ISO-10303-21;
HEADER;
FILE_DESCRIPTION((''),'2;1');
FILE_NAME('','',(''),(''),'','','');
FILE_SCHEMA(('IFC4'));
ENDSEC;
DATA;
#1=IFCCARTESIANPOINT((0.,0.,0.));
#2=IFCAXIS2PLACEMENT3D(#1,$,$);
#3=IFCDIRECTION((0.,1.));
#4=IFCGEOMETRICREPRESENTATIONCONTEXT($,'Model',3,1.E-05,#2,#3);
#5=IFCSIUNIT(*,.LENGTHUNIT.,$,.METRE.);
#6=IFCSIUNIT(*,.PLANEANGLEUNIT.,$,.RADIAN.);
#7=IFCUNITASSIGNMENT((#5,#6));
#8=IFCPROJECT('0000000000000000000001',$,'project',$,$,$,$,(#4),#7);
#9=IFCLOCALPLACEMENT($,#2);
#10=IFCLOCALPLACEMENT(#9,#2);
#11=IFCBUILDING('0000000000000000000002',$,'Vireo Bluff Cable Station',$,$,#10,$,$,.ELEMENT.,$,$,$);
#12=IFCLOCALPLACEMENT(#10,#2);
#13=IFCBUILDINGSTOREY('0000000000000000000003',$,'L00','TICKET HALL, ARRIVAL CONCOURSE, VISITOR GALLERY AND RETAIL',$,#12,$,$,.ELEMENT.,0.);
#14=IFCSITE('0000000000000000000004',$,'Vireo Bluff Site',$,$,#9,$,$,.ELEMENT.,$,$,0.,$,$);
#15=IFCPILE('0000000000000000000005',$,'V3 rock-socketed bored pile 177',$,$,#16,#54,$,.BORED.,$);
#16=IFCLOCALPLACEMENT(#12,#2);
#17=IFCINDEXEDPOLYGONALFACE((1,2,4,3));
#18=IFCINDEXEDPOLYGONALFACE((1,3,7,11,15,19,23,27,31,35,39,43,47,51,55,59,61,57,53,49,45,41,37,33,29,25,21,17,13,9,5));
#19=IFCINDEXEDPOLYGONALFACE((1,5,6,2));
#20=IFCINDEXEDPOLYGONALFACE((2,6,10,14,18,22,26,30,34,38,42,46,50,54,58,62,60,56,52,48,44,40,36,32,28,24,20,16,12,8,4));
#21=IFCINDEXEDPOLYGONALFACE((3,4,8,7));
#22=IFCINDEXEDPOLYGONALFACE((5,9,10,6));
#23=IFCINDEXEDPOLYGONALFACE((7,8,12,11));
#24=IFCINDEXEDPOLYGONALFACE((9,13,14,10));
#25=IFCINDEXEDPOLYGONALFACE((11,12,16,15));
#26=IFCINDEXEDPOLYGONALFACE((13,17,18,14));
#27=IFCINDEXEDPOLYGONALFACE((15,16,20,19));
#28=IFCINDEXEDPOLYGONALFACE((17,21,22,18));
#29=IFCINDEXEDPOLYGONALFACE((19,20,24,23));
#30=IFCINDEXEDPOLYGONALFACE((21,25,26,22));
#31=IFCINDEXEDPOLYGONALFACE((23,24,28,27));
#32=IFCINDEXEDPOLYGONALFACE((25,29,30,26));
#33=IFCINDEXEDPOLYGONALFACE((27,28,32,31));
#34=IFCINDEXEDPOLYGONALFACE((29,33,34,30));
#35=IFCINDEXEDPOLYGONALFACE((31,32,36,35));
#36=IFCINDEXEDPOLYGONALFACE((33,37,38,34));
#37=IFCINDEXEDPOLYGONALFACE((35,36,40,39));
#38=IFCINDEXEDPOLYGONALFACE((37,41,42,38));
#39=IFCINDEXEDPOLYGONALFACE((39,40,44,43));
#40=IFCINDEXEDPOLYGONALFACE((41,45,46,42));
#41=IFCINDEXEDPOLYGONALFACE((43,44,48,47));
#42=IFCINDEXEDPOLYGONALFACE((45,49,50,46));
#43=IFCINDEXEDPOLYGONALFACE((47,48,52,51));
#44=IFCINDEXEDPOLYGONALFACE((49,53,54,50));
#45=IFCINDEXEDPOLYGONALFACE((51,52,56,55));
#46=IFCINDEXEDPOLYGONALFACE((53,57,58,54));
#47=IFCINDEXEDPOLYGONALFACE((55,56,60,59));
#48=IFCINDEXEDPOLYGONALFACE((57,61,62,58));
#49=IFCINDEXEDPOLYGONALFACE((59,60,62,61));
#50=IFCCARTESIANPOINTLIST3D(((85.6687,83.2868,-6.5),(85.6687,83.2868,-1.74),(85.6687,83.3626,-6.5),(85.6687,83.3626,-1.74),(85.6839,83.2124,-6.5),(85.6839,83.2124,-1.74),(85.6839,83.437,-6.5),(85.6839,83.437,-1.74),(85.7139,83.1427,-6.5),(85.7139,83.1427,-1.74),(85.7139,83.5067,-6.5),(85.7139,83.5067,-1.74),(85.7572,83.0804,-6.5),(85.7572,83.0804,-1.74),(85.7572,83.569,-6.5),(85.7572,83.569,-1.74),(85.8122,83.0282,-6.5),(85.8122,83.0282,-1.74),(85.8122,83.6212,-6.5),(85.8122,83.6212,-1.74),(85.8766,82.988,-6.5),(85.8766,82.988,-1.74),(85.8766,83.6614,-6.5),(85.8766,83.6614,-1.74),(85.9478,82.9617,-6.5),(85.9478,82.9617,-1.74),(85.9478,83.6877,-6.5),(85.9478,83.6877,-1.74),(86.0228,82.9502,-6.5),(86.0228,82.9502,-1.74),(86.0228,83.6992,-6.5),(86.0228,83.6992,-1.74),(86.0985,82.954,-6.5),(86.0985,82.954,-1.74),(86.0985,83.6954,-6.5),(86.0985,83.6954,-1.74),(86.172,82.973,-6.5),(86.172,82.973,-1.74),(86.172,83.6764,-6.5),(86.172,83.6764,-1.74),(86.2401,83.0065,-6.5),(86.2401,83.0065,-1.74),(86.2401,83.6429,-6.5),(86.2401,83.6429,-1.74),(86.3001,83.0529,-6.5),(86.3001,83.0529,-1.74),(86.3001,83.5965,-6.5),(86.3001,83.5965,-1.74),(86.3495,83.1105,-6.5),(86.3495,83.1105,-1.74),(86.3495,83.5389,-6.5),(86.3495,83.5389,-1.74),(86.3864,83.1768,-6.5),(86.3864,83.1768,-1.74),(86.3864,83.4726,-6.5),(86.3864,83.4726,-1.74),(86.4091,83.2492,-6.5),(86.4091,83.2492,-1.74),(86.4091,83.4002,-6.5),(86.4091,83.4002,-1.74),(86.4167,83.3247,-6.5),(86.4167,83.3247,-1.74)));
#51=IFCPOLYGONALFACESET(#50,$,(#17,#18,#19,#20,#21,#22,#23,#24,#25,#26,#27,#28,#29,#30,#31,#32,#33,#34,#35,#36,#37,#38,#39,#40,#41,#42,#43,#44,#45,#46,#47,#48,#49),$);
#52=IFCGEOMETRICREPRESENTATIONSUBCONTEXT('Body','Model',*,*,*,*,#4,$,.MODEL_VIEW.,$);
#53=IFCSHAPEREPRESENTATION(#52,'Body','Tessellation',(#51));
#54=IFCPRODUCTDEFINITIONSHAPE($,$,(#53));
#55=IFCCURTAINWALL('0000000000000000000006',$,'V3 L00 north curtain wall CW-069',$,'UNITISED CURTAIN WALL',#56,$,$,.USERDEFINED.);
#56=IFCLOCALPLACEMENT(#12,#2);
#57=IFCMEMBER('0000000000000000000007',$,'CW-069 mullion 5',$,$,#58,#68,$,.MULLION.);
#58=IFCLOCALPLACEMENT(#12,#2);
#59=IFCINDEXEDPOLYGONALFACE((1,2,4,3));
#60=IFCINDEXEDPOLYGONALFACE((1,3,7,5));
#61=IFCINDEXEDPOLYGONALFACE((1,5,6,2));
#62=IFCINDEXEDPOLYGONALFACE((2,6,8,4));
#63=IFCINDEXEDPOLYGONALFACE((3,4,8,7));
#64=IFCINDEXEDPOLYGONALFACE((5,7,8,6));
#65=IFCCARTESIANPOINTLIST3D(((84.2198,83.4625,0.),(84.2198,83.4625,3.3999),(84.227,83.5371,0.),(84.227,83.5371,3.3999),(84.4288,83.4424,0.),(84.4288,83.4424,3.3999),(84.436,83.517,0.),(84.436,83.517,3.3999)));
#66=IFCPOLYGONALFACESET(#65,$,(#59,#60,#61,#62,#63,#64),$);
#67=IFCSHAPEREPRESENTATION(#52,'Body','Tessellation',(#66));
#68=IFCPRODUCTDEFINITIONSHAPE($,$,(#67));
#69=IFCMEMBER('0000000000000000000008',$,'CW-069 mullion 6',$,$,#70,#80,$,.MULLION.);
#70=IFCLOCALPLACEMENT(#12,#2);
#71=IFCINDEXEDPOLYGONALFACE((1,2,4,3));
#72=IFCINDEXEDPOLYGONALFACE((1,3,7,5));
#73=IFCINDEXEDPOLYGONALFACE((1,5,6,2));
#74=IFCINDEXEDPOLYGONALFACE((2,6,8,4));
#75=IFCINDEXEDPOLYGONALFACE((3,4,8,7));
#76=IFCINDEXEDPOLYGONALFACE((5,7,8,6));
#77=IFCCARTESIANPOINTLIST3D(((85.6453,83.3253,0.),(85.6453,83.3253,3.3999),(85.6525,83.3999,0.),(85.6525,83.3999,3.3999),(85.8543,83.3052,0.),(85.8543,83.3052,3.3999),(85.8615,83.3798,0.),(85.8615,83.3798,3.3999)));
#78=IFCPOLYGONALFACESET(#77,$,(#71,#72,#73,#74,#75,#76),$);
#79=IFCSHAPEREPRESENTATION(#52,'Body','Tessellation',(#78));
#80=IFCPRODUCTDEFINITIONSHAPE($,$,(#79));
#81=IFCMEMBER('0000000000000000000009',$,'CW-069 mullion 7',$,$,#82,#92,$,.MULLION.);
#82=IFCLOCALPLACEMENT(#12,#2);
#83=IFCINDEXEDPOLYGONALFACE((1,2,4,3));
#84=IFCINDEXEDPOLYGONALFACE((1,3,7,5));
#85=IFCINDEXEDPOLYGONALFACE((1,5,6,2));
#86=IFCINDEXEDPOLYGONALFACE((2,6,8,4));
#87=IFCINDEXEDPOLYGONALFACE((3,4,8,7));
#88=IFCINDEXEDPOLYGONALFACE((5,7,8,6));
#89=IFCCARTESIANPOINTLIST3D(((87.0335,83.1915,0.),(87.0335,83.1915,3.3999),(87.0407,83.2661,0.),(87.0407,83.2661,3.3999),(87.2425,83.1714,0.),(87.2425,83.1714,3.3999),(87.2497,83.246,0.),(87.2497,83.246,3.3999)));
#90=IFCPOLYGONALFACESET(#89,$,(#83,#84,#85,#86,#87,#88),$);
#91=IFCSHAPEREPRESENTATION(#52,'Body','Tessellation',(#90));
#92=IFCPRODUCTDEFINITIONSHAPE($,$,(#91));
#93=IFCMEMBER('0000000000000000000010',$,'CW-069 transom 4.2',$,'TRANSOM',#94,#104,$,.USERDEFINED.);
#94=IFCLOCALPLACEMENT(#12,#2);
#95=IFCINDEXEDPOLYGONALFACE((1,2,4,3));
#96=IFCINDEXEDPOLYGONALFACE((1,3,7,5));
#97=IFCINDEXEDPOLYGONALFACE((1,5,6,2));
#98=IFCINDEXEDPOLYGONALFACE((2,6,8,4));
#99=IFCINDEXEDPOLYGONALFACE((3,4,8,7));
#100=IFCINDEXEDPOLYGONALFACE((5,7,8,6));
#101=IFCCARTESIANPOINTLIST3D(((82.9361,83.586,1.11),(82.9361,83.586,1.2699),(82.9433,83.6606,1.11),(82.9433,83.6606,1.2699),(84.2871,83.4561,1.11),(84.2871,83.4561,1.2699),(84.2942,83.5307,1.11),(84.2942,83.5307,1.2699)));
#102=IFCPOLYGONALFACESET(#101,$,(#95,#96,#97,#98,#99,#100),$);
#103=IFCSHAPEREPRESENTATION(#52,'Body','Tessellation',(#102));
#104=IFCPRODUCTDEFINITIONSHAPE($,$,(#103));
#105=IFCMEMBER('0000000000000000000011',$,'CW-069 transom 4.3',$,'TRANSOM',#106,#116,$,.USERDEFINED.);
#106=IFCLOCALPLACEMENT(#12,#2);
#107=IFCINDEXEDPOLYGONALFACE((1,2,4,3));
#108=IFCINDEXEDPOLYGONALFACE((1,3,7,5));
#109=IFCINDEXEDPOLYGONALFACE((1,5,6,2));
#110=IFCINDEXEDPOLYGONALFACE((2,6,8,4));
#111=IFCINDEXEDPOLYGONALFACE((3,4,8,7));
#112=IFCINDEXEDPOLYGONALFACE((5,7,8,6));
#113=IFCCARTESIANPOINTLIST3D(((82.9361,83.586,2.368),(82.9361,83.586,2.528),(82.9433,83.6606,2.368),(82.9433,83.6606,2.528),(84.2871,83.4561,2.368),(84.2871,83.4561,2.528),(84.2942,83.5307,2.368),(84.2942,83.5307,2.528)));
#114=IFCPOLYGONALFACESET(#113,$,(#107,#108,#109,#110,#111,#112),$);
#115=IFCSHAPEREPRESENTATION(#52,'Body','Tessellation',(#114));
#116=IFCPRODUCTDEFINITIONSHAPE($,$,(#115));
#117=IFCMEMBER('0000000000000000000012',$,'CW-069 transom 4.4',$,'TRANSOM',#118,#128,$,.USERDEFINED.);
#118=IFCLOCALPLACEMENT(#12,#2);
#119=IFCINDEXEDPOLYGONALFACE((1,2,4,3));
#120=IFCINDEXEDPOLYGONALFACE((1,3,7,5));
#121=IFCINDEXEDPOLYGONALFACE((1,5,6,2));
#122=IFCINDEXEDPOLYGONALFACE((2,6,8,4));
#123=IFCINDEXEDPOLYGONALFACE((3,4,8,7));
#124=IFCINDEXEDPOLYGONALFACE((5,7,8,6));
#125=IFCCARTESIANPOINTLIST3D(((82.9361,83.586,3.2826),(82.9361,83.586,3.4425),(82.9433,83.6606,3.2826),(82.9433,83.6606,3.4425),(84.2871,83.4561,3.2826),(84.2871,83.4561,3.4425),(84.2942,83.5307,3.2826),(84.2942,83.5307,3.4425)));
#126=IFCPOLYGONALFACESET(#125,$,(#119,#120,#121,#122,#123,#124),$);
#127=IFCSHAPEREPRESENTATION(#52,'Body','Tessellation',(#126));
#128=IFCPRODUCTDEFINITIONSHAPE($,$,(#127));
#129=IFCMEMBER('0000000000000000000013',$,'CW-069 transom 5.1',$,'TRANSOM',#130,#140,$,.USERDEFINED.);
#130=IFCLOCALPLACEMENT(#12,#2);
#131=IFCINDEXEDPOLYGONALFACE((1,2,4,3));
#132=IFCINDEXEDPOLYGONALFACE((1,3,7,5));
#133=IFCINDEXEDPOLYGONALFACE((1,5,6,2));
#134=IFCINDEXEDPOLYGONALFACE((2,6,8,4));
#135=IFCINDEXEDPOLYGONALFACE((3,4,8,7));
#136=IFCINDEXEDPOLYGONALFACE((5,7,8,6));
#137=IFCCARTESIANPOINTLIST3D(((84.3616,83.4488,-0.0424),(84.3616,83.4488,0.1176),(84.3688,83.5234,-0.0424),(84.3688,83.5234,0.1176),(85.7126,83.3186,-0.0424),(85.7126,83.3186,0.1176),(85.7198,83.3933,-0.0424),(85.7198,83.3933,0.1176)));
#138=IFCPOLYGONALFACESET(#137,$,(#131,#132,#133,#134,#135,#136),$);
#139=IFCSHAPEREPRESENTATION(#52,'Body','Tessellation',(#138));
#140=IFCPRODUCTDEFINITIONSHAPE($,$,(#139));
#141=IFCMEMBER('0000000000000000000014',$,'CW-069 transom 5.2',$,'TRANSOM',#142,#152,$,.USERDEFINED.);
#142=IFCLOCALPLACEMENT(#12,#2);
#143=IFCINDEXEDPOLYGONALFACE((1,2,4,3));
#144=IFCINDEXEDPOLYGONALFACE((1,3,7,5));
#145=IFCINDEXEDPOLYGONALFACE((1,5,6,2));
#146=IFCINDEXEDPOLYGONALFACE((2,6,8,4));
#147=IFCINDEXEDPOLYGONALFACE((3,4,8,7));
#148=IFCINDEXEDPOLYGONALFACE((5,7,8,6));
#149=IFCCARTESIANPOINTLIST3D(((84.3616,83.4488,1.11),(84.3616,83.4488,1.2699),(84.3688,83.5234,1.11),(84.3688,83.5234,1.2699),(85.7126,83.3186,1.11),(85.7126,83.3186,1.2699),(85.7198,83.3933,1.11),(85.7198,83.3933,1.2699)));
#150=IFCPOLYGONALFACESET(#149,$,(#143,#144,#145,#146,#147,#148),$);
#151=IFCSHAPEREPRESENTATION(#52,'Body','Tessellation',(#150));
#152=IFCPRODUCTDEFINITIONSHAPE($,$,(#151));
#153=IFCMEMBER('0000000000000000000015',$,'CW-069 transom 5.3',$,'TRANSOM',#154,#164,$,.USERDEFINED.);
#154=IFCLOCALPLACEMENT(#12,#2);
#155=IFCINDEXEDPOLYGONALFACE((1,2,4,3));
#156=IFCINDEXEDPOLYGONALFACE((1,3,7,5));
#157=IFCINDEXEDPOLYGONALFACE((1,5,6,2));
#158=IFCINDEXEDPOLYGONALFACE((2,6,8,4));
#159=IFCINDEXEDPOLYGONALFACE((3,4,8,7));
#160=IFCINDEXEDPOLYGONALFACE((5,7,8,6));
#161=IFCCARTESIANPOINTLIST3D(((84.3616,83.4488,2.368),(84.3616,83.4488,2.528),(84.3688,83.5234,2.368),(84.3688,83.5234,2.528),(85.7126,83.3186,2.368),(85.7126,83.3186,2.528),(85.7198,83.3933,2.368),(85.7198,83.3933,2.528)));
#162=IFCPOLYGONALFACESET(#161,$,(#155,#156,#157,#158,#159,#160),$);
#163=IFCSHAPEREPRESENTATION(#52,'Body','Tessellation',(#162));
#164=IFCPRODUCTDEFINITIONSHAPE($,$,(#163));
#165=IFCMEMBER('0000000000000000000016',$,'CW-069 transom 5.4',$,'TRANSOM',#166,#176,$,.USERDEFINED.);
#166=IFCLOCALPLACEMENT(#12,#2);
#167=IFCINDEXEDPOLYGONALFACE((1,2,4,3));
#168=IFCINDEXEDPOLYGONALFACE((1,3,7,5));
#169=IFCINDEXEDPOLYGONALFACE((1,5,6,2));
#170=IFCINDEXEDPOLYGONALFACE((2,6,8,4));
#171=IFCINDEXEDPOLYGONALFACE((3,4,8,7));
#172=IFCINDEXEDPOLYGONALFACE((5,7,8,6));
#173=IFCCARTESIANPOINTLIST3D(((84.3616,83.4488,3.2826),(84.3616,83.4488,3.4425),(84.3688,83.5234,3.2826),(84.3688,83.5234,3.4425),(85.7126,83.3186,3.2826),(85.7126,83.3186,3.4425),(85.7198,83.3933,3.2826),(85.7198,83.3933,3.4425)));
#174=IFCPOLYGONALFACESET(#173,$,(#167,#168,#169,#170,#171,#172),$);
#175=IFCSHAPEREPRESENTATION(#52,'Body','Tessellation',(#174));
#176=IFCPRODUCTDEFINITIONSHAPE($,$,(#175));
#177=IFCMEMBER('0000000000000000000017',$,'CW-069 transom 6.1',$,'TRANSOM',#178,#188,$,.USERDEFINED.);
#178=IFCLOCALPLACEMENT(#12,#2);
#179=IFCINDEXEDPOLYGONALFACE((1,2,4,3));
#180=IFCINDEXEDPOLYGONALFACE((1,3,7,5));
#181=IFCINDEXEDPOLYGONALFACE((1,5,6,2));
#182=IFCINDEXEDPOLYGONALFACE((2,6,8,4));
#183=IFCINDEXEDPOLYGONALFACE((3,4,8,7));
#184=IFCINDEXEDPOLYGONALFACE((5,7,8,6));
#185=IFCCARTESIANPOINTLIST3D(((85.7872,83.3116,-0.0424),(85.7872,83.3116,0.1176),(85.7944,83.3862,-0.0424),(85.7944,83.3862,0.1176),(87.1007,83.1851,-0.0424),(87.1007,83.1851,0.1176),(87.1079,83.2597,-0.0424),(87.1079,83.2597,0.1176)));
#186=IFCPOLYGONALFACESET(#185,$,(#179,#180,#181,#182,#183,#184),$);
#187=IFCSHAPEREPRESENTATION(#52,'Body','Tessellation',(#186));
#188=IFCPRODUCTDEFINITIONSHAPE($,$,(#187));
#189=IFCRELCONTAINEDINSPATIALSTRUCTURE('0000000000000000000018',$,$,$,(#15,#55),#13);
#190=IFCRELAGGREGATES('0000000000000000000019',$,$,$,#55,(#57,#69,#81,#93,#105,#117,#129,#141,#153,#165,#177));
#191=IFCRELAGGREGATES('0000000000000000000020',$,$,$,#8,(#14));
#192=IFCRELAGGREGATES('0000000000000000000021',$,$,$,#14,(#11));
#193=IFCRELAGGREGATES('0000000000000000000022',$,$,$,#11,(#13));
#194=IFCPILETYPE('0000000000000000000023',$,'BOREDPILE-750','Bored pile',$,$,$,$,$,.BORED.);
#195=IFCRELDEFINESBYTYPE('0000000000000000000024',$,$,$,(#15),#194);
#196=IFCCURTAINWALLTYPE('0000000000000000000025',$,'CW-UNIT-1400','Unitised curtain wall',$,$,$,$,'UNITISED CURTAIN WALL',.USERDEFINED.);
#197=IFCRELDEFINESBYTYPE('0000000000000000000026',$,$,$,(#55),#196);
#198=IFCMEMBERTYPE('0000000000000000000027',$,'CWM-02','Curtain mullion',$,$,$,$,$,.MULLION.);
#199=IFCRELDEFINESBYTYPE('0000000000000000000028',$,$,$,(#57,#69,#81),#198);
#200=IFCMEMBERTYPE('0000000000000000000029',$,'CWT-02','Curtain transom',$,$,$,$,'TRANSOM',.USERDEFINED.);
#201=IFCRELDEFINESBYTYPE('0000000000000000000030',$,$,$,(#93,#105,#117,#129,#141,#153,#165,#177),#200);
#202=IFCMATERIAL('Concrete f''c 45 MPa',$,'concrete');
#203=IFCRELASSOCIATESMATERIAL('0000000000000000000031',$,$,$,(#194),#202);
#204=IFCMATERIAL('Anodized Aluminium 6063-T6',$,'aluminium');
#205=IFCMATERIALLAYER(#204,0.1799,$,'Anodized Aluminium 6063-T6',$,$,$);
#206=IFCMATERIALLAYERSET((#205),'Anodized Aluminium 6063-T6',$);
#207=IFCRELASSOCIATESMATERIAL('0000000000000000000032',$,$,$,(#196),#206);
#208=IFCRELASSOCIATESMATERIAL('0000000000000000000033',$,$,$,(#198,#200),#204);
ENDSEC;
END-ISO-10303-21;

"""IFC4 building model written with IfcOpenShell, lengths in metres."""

from ifc_helpers import new_model, si_unit, direction, frame, origin, origin_2d, place, context, subcontext, project, spatial, rectangle, circle, extrude, material, layer, layer_set, material_profile, profile_set, type_object, element, aggregate, save


model = new_model("IFC4")

# Units and contexts
model_context = context("Model", 3, precision=1e-05, world=origin(), true_north=direction((0.0, 1.0)))
body_context = subcontext(model_context, "Body", "Model", "MODEL_VIEW")
ifc_project = project(units=[si_unit("LENGTHUNIT", "METRE"), si_unit("PLANEANGLEUNIT", "RADIAN")], contexts=[model_context])

# Site, building, storey
site_placement = place(None, origin())
site = spatial("IfcSite", under=ifc_project, at=site_placement, Name="Vireo Bluff Site", CompositionType="ELEMENT", RefElevation=0.0)
building_placement = place(site_placement, origin())
building = spatial("IfcBuilding", under=site, at=building_placement, Name="Vireo Bluff Cable Station", CompositionType="ELEMENT")
storey_placement = place(building_placement, origin())
storey = spatial("IfcBuildingStorey", under=building, at=storey_placement, Name="L00", Description="TICKET HALL, ARRIVAL CONCOURSE, VISITOR GALLERY AND RETAIL", CompositionType="ELEMENT", Elevation=0.0)

# Pile
ifc_material_1 = material(Name="Concrete f'c 45 MPa", Category="concrete")
ifc_material_profile_1 = material_profile(ifc_material_1, circle(Radius=0.375, at=origin_2d()), Name="BOREDPILE-750")
ifc_profile_set_1 = profile_set([ifc_material_profile_1], Name="Concrete f'c 45 MPa")
pile_type = type_object("IfcPileType", Name="BOREDPILE-750", Description="Bored pile", PredefinedType="BORED", material=ifc_profile_set_1)
pile_placement = place(storey_placement, frame((86.0417, 83.3247, -1.74), z_axis=(0.0, 0.0, -1.0), x_axis=(1.0, 0.0, 0.0)))
element("IfcPile", 1, at=pile_placement, inside=storey, type_object=pile_type, Name="V3 rock-socketed bored pile 177", PredefinedType="BORED", context=body_context, shape_type="SweptSolid", body=[
    extrude(circle(Radius=0.375, at=origin_2d()), origin(), (0.0, 0.0, 1.0), 4.76),
])

# Curtain wall, members
ifc_material_2 = material(Name="Anodized Aluminium 6063-T6", Category="aluminium")
ifc_layer_1 = layer(ifc_material_2, 0.1799, Name="Anodized Aluminium 6063-T6")
ifc_layer_set_1 = layer_set([ifc_layer_1], Name="Anodized Aluminium 6063-T6")
curtain_wall_type = type_object("IfcCurtainWallType", Name="CW-UNIT-1400", Description="Unitised curtain wall", ElementType="UNITISED CURTAIN WALL", PredefinedType="USERDEFINED", material=ifc_layer_set_1)
curtain_wall_placement = place(storey_placement, origin())
curtain_wall = element("IfcCurtainWall", 2, at=curtain_wall_placement, inside=storey, type_object=curtain_wall_type, Name="V3 L00 north curtain wall CW-069", ObjectType="UNITISED CURTAIN WALL", PredefinedType="USERDEFINED")
ifc_material_profile_2 = material_profile(ifc_material_2, rectangle(XDim=0.075, YDim=0.21, at=origin_2d()), Name="ALU-M-75X210")
ifc_profile_set_2 = profile_set([ifc_material_profile_2], Name="Anodized Aluminium 6063-T6")
member_type_1 = type_object("IfcMemberType", Name="CWM-02", Description="Curtain mullion", PredefinedType="MULLION", material=ifc_profile_set_2)
member_1_placement = place(storey_placement, frame((84.3279, 83.4897, 0.0), z_axis=(0.0, 0.0, 1.0), x_axis=(0.095846, 0.995396, 0.0)))
member_1 = element("IfcMember", 3, at=member_1_placement, type_object=member_type_1, Name="CW-069 mullion 5", PredefinedType="MULLION", context=body_context, shape_type="SweptSolid", body=[
    extrude(rectangle(XDim=0.075, YDim=0.21, at=origin_2d()), origin(), (0.0, 0.0, 1.0), 3.3999),
])
member_2_placement = place(storey_placement, frame((85.7534, 83.3525, 0.0), z_axis=(0.0, 0.0, 1.0), x_axis=(0.095846, 0.995396, 0.0)))
member_2 = element("IfcMember", 4, at=member_2_placement, type_object=member_type_1, Name="CW-069 mullion 6", PredefinedType="MULLION", context=body_context, shape_type="SweptSolid", body=[
    extrude(rectangle(XDim=0.075, YDim=0.21, at=origin_2d()), origin(), (0.0, 0.0, 1.0), 3.3999),
])
member_3_placement = place(storey_placement, frame((87.1416, 83.2188, 0.0), z_axis=(0.0, 0.0, 1.0), x_axis=(0.095846, 0.995396, 0.0)))
member_3 = element("IfcMember", 5, at=member_3_placement, type_object=member_type_1, Name="CW-069 mullion 7", PredefinedType="MULLION", context=body_context, shape_type="SweptSolid", body=[
    extrude(rectangle(XDim=0.075, YDim=0.21, at=origin_2d()), origin(), (0.0, 0.0, 1.0), 3.3999),
])
ifc_material_profile_3 = material_profile(ifc_material_2, rectangle(XDim=0.075, YDim=0.1599, at=origin_2d()), Name="ALU-T-75X160")
ifc_profile_set_3 = profile_set([ifc_material_profile_3], Name="Anodized Aluminium 6063-T6")
member_type_2 = type_object("IfcMemberType", Name="CWT-02", Description="Curtain transom", ElementType="TRANSOM", PredefinedType="USERDEFINED", material=ifc_profile_set_3)
member_4_placement = place(storey_placement, frame((82.9397, 83.6233, 1.1899), z_axis=(0.995409, -0.095709, 0.0), x_axis=(0.095709, 0.995409, 0.0)))
member_4 = element("IfcMember", 6, at=member_4_placement, type_object=member_type_2, Name="CW-069 transom 4.2", ObjectType="TRANSOM", PredefinedType="USERDEFINED", context=body_context, shape_type="SweptSolid", body=[
    extrude(rectangle(XDim=0.075, YDim=0.1599, at=origin_2d()), origin(), (0.0, 0.0, 1.0), 1.3572),
])
member_5_placement = place(storey_placement, frame((82.9397, 83.6233, 2.448), z_axis=(0.995409, -0.095709, 0.0), x_axis=(0.095709, 0.995409, 0.0)))
member_5 = element("IfcMember", 7, at=member_5_placement, type_object=member_type_2, Name="CW-069 transom 4.3", ObjectType="TRANSOM", PredefinedType="USERDEFINED", context=body_context, shape_type="SweptSolid", body=[
    extrude(rectangle(XDim=0.075, YDim=0.1599, at=origin_2d()), origin(), (0.0, 0.0, 1.0), 1.3572),
])
member_6_placement = place(storey_placement, frame((82.9397, 83.6233, 3.3625), z_axis=(0.995409, -0.095709, 0.0), x_axis=(0.095709, 0.995409, 0.0)))
member_6 = element("IfcMember", 8, at=member_6_placement, type_object=member_type_2, Name="CW-069 transom 4.4", ObjectType="TRANSOM", PredefinedType="USERDEFINED", context=body_context, shape_type="SweptSolid", body=[
    extrude(rectangle(XDim=0.075, YDim=0.1599, at=origin_2d()), origin(), (0.0, 0.0, 1.0), 1.3572),
])
member_7_placement = place(storey_placement, frame((84.3652, 83.4861, 0.0376), z_axis=(0.995392, -0.095887, 0.0), x_axis=(0.095887, 0.995392, 0.0)))
member_7 = element("IfcMember", 9, at=member_7_placement, type_object=member_type_2, Name="CW-069 transom 5.1", ObjectType="TRANSOM", PredefinedType="USERDEFINED", context=body_context, shape_type="SweptSolid", body=[
    extrude(rectangle(XDim=0.075, YDim=0.1599, at=origin_2d()), origin(), (0.0, 0.0, 1.0), 1.3572),
])
member_8_placement = place(storey_placement, frame((84.3652, 83.4861, 1.1899), z_axis=(0.995392, -0.095887, 0.0), x_axis=(0.095887, 0.995392, 0.0)))
member_8 = element("IfcMember", 10, at=member_8_placement, type_object=member_type_2, Name="CW-069 transom 5.2", ObjectType="TRANSOM", PredefinedType="USERDEFINED", context=body_context, shape_type="SweptSolid", body=[
    extrude(rectangle(XDim=0.075, YDim=0.1599, at=origin_2d()), origin(), (0.0, 0.0, 1.0), 1.3572),
])
member_9_placement = place(storey_placement, frame((84.3652, 83.4861, 2.448), z_axis=(0.995392, -0.095887, 0.0), x_axis=(0.095887, 0.995392, 0.0)))
member_9 = element("IfcMember", 11, at=member_9_placement, type_object=member_type_2, Name="CW-069 transom 5.3", ObjectType="TRANSOM", PredefinedType="USERDEFINED", context=body_context, shape_type="SweptSolid", body=[
    extrude(rectangle(XDim=0.075, YDim=0.1599, at=origin_2d()), origin(), (0.0, 0.0, 1.0), 1.3572),
])
member_10_placement = place(storey_placement, frame((84.3652, 83.4861, 3.3625), z_axis=(0.995392, -0.095887, 0.0), x_axis=(0.095887, 0.995392, 0.0)))
member_10 = element("IfcMember", 12, at=member_10_placement, type_object=member_type_2, Name="CW-069 transom 5.4", ObjectType="TRANSOM", PredefinedType="USERDEFINED", context=body_context, shape_type="SweptSolid", body=[
    extrude(rectangle(XDim=0.075, YDim=0.1599, at=origin_2d()), origin(), (0.0, 0.0, 1.0), 1.3572),
])
member_11_placement = place(storey_placement, frame((85.7908, 83.3489, 0.0376), z_axis=(0.995397, -0.095839, 0.0), x_axis=(0.095839, 0.995397, 0.0)))
member_11 = element("IfcMember", 13, at=member_11_placement, type_object=member_type_2, Name="CW-069 transom 6.1", ObjectType="TRANSOM", PredefinedType="USERDEFINED", context=body_context, shape_type="SweptSolid", body=[
    extrude(rectangle(XDim=0.075, YDim=0.1599, at=origin_2d()), origin(), (0.0, 0.0, 1.0), 1.3196),
])

aggregate(curtain_wall, [member_1, member_2, member_3, member_4, member_5, member_6, member_7, member_8, member_9, member_10, member_11])

save(model, "model.ifc")
